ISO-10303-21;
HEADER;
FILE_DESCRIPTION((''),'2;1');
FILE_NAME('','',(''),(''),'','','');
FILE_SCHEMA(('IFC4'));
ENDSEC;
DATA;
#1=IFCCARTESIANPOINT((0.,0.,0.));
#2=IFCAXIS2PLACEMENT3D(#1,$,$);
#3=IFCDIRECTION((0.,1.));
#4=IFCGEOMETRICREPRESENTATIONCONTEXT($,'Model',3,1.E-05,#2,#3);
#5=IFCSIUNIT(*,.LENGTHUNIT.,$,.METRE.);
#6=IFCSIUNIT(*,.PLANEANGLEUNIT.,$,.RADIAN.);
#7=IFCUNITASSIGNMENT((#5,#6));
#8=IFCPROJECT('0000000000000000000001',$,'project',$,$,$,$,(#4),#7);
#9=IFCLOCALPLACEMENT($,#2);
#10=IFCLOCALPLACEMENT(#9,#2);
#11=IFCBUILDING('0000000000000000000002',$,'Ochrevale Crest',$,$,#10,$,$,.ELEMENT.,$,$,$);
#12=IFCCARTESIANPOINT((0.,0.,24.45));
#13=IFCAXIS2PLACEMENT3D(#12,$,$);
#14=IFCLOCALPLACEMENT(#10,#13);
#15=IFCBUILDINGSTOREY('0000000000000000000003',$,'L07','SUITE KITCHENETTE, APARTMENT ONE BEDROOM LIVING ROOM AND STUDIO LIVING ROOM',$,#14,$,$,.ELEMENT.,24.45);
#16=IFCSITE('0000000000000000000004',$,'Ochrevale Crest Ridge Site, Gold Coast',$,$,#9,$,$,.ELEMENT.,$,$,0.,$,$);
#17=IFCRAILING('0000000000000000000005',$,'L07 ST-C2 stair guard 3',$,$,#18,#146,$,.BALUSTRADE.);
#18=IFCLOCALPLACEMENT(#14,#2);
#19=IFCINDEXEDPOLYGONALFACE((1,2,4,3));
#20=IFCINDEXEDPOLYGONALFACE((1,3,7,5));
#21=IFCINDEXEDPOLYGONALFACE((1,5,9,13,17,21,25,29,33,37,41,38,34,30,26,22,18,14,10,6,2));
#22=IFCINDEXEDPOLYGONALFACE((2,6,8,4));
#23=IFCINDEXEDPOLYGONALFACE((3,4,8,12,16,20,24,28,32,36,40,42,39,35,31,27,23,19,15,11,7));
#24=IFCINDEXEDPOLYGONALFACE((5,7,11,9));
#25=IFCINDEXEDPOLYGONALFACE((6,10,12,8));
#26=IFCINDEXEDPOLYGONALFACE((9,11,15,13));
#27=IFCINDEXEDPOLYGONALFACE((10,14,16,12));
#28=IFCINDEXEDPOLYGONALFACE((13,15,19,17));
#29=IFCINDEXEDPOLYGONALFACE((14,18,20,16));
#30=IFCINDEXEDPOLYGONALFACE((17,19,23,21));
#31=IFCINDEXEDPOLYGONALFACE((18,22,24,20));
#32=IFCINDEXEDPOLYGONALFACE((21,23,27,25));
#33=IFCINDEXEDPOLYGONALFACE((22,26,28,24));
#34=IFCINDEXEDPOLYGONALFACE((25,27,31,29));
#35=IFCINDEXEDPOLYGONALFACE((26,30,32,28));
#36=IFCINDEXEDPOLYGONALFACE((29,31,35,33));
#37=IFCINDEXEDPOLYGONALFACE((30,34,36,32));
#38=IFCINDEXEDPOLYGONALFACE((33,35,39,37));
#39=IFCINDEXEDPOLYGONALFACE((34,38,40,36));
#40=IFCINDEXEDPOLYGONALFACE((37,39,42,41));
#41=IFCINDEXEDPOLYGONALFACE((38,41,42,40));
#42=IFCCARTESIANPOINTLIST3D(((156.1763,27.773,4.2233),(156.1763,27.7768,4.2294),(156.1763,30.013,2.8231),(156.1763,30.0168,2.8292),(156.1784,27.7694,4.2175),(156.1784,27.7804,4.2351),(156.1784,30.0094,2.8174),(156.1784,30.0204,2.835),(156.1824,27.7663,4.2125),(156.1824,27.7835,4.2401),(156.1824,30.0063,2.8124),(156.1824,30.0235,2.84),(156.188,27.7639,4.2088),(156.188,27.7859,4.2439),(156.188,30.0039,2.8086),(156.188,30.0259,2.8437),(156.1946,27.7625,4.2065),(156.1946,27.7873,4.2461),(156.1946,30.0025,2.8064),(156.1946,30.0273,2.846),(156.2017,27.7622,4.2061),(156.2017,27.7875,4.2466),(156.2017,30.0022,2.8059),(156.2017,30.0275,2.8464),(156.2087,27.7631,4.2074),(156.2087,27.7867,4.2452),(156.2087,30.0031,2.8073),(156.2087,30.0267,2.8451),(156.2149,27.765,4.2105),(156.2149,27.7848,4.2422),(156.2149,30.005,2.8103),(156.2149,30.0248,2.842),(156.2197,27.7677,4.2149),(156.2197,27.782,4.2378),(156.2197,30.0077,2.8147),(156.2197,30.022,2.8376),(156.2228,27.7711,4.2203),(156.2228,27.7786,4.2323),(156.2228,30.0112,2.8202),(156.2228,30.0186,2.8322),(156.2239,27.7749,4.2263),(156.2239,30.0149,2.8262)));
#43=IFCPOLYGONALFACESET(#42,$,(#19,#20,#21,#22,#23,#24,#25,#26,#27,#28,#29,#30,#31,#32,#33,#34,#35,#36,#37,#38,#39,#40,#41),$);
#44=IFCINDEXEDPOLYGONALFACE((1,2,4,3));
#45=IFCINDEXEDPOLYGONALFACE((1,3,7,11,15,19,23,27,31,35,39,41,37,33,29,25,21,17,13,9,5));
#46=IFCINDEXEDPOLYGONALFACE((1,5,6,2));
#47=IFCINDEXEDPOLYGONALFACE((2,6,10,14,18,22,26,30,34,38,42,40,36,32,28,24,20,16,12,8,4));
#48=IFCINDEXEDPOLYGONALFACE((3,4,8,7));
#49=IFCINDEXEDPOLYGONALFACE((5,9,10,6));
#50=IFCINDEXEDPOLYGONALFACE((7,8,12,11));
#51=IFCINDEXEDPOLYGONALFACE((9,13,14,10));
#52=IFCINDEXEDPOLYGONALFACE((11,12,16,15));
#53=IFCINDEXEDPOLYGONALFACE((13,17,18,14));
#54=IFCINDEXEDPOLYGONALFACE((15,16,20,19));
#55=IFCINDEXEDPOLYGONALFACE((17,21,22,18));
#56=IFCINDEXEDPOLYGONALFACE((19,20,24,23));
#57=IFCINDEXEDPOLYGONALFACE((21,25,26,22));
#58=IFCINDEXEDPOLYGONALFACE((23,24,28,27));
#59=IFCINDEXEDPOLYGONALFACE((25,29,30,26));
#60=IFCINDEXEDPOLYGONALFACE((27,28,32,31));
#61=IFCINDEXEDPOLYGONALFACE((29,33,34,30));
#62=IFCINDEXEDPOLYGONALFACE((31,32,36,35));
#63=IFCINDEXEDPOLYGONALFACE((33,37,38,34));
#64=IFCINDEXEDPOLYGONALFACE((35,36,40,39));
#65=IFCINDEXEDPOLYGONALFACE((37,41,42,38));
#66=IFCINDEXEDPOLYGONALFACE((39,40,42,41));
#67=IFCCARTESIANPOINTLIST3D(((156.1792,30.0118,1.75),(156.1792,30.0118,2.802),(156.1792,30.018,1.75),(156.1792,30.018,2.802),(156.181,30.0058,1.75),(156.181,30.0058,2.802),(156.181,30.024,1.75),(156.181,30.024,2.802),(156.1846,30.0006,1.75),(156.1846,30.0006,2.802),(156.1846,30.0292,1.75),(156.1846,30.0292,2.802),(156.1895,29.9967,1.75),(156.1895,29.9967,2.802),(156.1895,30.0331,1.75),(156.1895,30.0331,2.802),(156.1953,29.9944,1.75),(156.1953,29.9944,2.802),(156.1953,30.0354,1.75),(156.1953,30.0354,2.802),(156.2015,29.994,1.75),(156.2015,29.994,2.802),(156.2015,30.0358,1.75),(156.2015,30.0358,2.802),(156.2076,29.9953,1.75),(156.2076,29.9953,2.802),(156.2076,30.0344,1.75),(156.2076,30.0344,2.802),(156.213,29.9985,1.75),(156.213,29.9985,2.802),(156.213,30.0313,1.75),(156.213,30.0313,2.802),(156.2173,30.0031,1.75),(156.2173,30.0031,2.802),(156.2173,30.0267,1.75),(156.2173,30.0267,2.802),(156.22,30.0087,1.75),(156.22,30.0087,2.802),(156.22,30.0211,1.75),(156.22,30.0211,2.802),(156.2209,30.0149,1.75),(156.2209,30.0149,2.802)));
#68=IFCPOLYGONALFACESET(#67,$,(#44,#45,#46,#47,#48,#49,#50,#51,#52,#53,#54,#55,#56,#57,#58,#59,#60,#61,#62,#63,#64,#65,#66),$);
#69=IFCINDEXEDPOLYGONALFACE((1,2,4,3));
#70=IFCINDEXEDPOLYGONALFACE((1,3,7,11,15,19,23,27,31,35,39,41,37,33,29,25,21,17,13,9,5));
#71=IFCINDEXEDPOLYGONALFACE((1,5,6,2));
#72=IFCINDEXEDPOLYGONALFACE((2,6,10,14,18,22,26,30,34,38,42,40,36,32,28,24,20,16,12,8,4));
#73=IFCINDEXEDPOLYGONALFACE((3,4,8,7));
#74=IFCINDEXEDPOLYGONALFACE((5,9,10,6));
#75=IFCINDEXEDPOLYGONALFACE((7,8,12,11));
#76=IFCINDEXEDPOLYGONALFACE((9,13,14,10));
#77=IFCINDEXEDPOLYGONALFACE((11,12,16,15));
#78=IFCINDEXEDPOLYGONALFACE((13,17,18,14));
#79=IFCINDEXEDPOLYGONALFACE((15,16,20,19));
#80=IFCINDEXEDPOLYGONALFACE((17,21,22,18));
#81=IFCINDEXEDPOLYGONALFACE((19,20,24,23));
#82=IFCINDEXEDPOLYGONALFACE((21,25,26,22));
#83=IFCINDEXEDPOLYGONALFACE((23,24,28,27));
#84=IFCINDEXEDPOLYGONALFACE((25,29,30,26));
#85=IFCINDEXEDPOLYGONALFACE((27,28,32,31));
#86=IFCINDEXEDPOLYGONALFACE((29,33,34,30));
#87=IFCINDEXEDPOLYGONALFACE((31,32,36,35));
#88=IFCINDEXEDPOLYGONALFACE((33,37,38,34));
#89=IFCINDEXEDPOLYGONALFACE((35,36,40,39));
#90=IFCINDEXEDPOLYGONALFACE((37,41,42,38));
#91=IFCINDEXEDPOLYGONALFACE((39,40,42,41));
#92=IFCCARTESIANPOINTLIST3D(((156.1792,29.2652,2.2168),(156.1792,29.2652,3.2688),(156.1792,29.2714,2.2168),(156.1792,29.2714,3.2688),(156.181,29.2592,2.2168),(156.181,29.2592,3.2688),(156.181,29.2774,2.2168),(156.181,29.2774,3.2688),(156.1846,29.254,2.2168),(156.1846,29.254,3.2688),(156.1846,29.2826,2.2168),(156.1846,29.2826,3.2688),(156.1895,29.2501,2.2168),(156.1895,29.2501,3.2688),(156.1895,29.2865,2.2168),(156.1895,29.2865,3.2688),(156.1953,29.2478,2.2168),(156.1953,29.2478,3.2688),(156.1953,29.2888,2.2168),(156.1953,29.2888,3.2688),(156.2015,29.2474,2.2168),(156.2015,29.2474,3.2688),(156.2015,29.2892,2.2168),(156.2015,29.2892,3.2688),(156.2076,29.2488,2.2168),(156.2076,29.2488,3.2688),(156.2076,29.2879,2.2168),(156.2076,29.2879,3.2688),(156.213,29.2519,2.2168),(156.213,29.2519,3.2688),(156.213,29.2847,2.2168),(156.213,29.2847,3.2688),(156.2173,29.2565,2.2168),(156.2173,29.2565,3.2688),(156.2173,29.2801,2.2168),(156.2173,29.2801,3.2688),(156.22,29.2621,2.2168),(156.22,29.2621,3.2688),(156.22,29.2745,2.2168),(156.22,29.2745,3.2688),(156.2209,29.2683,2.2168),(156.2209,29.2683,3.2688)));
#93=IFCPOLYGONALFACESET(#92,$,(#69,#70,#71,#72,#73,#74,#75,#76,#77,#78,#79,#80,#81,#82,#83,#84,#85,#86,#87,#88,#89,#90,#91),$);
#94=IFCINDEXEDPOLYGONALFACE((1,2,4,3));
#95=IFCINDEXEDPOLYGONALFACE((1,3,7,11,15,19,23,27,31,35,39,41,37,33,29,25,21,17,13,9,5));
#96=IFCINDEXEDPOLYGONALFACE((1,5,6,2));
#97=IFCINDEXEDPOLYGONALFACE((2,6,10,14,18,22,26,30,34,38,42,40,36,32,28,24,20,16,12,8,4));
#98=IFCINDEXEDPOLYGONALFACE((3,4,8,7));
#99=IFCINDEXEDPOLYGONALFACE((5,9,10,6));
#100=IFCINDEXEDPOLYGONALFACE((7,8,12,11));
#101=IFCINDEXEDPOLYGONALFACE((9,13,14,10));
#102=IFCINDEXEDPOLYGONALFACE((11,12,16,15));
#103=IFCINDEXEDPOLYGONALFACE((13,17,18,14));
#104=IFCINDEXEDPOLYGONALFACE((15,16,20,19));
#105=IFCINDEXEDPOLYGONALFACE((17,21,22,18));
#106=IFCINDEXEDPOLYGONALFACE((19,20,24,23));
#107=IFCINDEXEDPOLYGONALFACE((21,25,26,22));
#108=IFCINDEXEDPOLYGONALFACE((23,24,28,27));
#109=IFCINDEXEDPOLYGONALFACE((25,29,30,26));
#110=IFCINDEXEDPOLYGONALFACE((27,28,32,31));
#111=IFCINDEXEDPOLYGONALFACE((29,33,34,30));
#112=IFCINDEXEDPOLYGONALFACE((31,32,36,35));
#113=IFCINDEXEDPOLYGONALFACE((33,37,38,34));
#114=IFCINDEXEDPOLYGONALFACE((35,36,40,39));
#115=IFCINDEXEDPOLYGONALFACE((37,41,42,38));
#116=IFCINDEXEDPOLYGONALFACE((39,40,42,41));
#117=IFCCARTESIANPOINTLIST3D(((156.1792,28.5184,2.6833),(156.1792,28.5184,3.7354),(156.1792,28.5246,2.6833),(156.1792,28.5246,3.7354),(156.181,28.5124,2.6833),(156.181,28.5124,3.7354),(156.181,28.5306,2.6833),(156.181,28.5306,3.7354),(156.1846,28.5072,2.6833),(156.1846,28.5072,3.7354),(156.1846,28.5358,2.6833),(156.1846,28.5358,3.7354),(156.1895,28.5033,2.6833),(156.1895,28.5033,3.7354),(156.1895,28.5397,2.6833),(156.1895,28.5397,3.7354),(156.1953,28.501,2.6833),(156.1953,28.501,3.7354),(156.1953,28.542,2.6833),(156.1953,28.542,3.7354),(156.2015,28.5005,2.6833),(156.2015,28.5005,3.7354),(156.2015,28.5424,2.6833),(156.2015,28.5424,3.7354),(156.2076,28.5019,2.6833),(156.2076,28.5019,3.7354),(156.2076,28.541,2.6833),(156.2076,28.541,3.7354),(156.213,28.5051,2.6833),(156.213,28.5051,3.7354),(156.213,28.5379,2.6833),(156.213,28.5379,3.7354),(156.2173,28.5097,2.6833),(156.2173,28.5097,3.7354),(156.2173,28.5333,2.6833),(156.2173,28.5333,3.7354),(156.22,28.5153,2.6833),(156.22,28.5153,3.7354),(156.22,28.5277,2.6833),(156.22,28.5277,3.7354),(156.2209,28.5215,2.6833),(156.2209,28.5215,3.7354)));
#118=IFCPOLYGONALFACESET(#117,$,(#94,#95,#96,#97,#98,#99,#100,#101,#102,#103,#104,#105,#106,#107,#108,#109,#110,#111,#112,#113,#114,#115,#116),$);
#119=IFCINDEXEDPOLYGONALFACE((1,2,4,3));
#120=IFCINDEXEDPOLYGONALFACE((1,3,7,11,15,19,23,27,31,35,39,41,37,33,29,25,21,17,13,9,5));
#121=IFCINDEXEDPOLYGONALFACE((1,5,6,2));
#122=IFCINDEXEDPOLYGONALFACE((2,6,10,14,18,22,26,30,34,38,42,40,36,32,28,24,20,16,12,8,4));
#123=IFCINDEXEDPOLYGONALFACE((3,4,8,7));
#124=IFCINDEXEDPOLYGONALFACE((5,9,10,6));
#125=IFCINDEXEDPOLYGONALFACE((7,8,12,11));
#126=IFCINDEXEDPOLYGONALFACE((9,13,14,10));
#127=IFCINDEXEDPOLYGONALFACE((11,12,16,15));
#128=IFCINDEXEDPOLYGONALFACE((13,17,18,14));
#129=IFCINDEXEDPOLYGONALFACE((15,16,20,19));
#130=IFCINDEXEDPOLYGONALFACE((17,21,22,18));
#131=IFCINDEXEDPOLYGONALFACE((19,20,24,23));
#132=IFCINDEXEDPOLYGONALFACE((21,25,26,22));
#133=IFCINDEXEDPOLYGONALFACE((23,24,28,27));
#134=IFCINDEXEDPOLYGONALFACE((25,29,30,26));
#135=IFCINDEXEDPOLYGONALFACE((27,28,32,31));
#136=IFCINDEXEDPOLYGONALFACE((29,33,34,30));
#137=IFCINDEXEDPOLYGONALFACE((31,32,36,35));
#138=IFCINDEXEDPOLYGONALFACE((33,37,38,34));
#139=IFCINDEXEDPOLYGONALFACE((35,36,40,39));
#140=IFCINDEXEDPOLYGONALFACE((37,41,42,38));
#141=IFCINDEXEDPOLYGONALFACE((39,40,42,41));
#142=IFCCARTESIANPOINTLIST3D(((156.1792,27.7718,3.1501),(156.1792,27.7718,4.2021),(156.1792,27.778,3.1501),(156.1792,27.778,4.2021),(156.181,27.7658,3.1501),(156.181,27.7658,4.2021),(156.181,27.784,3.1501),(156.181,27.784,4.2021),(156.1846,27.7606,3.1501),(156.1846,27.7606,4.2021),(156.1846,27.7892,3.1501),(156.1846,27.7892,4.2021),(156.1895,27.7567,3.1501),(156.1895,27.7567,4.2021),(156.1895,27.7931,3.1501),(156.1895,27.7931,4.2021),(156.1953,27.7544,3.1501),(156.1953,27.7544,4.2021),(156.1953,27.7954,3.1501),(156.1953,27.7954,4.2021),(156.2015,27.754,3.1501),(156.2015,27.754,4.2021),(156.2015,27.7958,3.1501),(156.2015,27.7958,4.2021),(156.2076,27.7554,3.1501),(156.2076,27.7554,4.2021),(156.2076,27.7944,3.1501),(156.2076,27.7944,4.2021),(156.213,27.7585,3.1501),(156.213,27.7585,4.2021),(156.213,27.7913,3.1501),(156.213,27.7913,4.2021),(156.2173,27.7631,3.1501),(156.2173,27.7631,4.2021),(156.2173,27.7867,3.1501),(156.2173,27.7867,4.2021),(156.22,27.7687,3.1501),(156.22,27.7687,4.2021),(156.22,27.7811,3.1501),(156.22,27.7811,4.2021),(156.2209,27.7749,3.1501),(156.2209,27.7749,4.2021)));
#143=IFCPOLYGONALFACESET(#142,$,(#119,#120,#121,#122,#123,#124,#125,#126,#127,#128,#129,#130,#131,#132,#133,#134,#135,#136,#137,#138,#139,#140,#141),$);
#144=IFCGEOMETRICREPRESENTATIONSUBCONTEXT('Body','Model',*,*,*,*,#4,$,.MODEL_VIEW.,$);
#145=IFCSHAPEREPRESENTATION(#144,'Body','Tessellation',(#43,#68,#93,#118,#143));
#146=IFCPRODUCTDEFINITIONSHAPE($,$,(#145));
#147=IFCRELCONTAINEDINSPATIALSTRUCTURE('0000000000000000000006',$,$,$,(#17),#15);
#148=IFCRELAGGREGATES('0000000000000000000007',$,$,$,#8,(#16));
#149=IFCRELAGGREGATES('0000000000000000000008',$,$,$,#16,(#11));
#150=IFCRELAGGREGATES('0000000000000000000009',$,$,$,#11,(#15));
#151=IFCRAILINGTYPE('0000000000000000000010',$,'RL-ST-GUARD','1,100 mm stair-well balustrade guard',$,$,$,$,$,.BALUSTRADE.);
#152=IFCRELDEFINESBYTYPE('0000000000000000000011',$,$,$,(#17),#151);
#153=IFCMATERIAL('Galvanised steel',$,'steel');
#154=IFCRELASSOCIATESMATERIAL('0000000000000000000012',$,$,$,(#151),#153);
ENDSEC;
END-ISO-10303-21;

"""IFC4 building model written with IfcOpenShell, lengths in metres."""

from ifc_helpers import new_model, si_unit, direction, frame, origin, origin_2d, place, context, subcontext, project, spatial, circle, extrude, material, type_object, element, save


model = new_model("IFC4")

# Units and contexts
model_context = context("Model", 3, precision=1e-05, world=origin(), true_north=direction((0.0, 1.0)))
body_context = subcontext(model_context, "Body", "Model", "MODEL_VIEW")
ifc_project = project(units=[si_unit("LENGTHUNIT", "METRE"), si_unit("PLANEANGLEUNIT", "RADIAN")], contexts=[model_context])

# Site, building, storey
site_placement = place(None, origin())
site = spatial("IfcSite", under=ifc_project, at=site_placement, Name="Ochrevale Crest Ridge Site, Gold Coast", CompositionType="ELEMENT", RefElevation=0.0)
building_placement = place(site_placement, origin())
building = spatial("IfcBuilding", under=site, at=building_placement, Name="Ochrevale Crest", CompositionType="ELEMENT")
storey_placement = place(building_placement, frame((0.0, 0.0, 24.45)))
storey = spatial("IfcBuildingStorey", under=building, at=storey_placement, Name="L07", Description="SUITE KITCHENETTE, APARTMENT ONE BEDROOM LIVING ROOM AND STUDIO LIVING ROOM", CompositionType="ELEMENT", Elevation=24.45)

# Railing
ifc_material_1 = material(Name="Galvanised steel", Category="steel")
railing_type_1 = type_object("IfcRailingType", Name="RL-ST-GUARD", Description="1,100 mm stair-well balustrade guard", PredefinedType="BALUSTRADE", material=ifc_material_1)
railing_1_placement = place(storey_placement, frame((156.2, 30.0149, 1.75)))
element("IfcRailing", 1, at=railing_1_placement, inside=storey, type_object=railing_type_1, Name="L07 ST-C2 stair guard 3", PredefinedType="BALUSTRADE", context=body_context, shape_type="SweptSolid", body=[
    extrude(circle(Radius=0.0239, at=origin_2d()), frame((0.0, 0.0, 1.0762), z_axis=(0.0, -0.847972, 0.53004), x_axis=(1.0, 0.0, 0.0)), (0.0, 0.0, 1.0), 2.6416),
    extrude(circle(Radius=0.021, at=origin_2d()), origin(), (0.0, 0.0, 1.0), 1.052),
    extrude(circle(Radius=0.021, at=origin_2d()), frame((0.0, -0.7466, 0.4668)), (0.0, 0.0, 1.0), 1.052),
    extrude(circle(Radius=0.021, at=origin_2d()), frame((0.0, -1.4934, 0.9333)), (0.0, 0.0, 1.0), 1.052),
    extrude(circle(Radius=0.021, at=origin_2d()), frame((0.0, -2.24, 1.4001)), (0.0, 0.0, 1.0), 1.052),
])

save(model, "model.ifc")
